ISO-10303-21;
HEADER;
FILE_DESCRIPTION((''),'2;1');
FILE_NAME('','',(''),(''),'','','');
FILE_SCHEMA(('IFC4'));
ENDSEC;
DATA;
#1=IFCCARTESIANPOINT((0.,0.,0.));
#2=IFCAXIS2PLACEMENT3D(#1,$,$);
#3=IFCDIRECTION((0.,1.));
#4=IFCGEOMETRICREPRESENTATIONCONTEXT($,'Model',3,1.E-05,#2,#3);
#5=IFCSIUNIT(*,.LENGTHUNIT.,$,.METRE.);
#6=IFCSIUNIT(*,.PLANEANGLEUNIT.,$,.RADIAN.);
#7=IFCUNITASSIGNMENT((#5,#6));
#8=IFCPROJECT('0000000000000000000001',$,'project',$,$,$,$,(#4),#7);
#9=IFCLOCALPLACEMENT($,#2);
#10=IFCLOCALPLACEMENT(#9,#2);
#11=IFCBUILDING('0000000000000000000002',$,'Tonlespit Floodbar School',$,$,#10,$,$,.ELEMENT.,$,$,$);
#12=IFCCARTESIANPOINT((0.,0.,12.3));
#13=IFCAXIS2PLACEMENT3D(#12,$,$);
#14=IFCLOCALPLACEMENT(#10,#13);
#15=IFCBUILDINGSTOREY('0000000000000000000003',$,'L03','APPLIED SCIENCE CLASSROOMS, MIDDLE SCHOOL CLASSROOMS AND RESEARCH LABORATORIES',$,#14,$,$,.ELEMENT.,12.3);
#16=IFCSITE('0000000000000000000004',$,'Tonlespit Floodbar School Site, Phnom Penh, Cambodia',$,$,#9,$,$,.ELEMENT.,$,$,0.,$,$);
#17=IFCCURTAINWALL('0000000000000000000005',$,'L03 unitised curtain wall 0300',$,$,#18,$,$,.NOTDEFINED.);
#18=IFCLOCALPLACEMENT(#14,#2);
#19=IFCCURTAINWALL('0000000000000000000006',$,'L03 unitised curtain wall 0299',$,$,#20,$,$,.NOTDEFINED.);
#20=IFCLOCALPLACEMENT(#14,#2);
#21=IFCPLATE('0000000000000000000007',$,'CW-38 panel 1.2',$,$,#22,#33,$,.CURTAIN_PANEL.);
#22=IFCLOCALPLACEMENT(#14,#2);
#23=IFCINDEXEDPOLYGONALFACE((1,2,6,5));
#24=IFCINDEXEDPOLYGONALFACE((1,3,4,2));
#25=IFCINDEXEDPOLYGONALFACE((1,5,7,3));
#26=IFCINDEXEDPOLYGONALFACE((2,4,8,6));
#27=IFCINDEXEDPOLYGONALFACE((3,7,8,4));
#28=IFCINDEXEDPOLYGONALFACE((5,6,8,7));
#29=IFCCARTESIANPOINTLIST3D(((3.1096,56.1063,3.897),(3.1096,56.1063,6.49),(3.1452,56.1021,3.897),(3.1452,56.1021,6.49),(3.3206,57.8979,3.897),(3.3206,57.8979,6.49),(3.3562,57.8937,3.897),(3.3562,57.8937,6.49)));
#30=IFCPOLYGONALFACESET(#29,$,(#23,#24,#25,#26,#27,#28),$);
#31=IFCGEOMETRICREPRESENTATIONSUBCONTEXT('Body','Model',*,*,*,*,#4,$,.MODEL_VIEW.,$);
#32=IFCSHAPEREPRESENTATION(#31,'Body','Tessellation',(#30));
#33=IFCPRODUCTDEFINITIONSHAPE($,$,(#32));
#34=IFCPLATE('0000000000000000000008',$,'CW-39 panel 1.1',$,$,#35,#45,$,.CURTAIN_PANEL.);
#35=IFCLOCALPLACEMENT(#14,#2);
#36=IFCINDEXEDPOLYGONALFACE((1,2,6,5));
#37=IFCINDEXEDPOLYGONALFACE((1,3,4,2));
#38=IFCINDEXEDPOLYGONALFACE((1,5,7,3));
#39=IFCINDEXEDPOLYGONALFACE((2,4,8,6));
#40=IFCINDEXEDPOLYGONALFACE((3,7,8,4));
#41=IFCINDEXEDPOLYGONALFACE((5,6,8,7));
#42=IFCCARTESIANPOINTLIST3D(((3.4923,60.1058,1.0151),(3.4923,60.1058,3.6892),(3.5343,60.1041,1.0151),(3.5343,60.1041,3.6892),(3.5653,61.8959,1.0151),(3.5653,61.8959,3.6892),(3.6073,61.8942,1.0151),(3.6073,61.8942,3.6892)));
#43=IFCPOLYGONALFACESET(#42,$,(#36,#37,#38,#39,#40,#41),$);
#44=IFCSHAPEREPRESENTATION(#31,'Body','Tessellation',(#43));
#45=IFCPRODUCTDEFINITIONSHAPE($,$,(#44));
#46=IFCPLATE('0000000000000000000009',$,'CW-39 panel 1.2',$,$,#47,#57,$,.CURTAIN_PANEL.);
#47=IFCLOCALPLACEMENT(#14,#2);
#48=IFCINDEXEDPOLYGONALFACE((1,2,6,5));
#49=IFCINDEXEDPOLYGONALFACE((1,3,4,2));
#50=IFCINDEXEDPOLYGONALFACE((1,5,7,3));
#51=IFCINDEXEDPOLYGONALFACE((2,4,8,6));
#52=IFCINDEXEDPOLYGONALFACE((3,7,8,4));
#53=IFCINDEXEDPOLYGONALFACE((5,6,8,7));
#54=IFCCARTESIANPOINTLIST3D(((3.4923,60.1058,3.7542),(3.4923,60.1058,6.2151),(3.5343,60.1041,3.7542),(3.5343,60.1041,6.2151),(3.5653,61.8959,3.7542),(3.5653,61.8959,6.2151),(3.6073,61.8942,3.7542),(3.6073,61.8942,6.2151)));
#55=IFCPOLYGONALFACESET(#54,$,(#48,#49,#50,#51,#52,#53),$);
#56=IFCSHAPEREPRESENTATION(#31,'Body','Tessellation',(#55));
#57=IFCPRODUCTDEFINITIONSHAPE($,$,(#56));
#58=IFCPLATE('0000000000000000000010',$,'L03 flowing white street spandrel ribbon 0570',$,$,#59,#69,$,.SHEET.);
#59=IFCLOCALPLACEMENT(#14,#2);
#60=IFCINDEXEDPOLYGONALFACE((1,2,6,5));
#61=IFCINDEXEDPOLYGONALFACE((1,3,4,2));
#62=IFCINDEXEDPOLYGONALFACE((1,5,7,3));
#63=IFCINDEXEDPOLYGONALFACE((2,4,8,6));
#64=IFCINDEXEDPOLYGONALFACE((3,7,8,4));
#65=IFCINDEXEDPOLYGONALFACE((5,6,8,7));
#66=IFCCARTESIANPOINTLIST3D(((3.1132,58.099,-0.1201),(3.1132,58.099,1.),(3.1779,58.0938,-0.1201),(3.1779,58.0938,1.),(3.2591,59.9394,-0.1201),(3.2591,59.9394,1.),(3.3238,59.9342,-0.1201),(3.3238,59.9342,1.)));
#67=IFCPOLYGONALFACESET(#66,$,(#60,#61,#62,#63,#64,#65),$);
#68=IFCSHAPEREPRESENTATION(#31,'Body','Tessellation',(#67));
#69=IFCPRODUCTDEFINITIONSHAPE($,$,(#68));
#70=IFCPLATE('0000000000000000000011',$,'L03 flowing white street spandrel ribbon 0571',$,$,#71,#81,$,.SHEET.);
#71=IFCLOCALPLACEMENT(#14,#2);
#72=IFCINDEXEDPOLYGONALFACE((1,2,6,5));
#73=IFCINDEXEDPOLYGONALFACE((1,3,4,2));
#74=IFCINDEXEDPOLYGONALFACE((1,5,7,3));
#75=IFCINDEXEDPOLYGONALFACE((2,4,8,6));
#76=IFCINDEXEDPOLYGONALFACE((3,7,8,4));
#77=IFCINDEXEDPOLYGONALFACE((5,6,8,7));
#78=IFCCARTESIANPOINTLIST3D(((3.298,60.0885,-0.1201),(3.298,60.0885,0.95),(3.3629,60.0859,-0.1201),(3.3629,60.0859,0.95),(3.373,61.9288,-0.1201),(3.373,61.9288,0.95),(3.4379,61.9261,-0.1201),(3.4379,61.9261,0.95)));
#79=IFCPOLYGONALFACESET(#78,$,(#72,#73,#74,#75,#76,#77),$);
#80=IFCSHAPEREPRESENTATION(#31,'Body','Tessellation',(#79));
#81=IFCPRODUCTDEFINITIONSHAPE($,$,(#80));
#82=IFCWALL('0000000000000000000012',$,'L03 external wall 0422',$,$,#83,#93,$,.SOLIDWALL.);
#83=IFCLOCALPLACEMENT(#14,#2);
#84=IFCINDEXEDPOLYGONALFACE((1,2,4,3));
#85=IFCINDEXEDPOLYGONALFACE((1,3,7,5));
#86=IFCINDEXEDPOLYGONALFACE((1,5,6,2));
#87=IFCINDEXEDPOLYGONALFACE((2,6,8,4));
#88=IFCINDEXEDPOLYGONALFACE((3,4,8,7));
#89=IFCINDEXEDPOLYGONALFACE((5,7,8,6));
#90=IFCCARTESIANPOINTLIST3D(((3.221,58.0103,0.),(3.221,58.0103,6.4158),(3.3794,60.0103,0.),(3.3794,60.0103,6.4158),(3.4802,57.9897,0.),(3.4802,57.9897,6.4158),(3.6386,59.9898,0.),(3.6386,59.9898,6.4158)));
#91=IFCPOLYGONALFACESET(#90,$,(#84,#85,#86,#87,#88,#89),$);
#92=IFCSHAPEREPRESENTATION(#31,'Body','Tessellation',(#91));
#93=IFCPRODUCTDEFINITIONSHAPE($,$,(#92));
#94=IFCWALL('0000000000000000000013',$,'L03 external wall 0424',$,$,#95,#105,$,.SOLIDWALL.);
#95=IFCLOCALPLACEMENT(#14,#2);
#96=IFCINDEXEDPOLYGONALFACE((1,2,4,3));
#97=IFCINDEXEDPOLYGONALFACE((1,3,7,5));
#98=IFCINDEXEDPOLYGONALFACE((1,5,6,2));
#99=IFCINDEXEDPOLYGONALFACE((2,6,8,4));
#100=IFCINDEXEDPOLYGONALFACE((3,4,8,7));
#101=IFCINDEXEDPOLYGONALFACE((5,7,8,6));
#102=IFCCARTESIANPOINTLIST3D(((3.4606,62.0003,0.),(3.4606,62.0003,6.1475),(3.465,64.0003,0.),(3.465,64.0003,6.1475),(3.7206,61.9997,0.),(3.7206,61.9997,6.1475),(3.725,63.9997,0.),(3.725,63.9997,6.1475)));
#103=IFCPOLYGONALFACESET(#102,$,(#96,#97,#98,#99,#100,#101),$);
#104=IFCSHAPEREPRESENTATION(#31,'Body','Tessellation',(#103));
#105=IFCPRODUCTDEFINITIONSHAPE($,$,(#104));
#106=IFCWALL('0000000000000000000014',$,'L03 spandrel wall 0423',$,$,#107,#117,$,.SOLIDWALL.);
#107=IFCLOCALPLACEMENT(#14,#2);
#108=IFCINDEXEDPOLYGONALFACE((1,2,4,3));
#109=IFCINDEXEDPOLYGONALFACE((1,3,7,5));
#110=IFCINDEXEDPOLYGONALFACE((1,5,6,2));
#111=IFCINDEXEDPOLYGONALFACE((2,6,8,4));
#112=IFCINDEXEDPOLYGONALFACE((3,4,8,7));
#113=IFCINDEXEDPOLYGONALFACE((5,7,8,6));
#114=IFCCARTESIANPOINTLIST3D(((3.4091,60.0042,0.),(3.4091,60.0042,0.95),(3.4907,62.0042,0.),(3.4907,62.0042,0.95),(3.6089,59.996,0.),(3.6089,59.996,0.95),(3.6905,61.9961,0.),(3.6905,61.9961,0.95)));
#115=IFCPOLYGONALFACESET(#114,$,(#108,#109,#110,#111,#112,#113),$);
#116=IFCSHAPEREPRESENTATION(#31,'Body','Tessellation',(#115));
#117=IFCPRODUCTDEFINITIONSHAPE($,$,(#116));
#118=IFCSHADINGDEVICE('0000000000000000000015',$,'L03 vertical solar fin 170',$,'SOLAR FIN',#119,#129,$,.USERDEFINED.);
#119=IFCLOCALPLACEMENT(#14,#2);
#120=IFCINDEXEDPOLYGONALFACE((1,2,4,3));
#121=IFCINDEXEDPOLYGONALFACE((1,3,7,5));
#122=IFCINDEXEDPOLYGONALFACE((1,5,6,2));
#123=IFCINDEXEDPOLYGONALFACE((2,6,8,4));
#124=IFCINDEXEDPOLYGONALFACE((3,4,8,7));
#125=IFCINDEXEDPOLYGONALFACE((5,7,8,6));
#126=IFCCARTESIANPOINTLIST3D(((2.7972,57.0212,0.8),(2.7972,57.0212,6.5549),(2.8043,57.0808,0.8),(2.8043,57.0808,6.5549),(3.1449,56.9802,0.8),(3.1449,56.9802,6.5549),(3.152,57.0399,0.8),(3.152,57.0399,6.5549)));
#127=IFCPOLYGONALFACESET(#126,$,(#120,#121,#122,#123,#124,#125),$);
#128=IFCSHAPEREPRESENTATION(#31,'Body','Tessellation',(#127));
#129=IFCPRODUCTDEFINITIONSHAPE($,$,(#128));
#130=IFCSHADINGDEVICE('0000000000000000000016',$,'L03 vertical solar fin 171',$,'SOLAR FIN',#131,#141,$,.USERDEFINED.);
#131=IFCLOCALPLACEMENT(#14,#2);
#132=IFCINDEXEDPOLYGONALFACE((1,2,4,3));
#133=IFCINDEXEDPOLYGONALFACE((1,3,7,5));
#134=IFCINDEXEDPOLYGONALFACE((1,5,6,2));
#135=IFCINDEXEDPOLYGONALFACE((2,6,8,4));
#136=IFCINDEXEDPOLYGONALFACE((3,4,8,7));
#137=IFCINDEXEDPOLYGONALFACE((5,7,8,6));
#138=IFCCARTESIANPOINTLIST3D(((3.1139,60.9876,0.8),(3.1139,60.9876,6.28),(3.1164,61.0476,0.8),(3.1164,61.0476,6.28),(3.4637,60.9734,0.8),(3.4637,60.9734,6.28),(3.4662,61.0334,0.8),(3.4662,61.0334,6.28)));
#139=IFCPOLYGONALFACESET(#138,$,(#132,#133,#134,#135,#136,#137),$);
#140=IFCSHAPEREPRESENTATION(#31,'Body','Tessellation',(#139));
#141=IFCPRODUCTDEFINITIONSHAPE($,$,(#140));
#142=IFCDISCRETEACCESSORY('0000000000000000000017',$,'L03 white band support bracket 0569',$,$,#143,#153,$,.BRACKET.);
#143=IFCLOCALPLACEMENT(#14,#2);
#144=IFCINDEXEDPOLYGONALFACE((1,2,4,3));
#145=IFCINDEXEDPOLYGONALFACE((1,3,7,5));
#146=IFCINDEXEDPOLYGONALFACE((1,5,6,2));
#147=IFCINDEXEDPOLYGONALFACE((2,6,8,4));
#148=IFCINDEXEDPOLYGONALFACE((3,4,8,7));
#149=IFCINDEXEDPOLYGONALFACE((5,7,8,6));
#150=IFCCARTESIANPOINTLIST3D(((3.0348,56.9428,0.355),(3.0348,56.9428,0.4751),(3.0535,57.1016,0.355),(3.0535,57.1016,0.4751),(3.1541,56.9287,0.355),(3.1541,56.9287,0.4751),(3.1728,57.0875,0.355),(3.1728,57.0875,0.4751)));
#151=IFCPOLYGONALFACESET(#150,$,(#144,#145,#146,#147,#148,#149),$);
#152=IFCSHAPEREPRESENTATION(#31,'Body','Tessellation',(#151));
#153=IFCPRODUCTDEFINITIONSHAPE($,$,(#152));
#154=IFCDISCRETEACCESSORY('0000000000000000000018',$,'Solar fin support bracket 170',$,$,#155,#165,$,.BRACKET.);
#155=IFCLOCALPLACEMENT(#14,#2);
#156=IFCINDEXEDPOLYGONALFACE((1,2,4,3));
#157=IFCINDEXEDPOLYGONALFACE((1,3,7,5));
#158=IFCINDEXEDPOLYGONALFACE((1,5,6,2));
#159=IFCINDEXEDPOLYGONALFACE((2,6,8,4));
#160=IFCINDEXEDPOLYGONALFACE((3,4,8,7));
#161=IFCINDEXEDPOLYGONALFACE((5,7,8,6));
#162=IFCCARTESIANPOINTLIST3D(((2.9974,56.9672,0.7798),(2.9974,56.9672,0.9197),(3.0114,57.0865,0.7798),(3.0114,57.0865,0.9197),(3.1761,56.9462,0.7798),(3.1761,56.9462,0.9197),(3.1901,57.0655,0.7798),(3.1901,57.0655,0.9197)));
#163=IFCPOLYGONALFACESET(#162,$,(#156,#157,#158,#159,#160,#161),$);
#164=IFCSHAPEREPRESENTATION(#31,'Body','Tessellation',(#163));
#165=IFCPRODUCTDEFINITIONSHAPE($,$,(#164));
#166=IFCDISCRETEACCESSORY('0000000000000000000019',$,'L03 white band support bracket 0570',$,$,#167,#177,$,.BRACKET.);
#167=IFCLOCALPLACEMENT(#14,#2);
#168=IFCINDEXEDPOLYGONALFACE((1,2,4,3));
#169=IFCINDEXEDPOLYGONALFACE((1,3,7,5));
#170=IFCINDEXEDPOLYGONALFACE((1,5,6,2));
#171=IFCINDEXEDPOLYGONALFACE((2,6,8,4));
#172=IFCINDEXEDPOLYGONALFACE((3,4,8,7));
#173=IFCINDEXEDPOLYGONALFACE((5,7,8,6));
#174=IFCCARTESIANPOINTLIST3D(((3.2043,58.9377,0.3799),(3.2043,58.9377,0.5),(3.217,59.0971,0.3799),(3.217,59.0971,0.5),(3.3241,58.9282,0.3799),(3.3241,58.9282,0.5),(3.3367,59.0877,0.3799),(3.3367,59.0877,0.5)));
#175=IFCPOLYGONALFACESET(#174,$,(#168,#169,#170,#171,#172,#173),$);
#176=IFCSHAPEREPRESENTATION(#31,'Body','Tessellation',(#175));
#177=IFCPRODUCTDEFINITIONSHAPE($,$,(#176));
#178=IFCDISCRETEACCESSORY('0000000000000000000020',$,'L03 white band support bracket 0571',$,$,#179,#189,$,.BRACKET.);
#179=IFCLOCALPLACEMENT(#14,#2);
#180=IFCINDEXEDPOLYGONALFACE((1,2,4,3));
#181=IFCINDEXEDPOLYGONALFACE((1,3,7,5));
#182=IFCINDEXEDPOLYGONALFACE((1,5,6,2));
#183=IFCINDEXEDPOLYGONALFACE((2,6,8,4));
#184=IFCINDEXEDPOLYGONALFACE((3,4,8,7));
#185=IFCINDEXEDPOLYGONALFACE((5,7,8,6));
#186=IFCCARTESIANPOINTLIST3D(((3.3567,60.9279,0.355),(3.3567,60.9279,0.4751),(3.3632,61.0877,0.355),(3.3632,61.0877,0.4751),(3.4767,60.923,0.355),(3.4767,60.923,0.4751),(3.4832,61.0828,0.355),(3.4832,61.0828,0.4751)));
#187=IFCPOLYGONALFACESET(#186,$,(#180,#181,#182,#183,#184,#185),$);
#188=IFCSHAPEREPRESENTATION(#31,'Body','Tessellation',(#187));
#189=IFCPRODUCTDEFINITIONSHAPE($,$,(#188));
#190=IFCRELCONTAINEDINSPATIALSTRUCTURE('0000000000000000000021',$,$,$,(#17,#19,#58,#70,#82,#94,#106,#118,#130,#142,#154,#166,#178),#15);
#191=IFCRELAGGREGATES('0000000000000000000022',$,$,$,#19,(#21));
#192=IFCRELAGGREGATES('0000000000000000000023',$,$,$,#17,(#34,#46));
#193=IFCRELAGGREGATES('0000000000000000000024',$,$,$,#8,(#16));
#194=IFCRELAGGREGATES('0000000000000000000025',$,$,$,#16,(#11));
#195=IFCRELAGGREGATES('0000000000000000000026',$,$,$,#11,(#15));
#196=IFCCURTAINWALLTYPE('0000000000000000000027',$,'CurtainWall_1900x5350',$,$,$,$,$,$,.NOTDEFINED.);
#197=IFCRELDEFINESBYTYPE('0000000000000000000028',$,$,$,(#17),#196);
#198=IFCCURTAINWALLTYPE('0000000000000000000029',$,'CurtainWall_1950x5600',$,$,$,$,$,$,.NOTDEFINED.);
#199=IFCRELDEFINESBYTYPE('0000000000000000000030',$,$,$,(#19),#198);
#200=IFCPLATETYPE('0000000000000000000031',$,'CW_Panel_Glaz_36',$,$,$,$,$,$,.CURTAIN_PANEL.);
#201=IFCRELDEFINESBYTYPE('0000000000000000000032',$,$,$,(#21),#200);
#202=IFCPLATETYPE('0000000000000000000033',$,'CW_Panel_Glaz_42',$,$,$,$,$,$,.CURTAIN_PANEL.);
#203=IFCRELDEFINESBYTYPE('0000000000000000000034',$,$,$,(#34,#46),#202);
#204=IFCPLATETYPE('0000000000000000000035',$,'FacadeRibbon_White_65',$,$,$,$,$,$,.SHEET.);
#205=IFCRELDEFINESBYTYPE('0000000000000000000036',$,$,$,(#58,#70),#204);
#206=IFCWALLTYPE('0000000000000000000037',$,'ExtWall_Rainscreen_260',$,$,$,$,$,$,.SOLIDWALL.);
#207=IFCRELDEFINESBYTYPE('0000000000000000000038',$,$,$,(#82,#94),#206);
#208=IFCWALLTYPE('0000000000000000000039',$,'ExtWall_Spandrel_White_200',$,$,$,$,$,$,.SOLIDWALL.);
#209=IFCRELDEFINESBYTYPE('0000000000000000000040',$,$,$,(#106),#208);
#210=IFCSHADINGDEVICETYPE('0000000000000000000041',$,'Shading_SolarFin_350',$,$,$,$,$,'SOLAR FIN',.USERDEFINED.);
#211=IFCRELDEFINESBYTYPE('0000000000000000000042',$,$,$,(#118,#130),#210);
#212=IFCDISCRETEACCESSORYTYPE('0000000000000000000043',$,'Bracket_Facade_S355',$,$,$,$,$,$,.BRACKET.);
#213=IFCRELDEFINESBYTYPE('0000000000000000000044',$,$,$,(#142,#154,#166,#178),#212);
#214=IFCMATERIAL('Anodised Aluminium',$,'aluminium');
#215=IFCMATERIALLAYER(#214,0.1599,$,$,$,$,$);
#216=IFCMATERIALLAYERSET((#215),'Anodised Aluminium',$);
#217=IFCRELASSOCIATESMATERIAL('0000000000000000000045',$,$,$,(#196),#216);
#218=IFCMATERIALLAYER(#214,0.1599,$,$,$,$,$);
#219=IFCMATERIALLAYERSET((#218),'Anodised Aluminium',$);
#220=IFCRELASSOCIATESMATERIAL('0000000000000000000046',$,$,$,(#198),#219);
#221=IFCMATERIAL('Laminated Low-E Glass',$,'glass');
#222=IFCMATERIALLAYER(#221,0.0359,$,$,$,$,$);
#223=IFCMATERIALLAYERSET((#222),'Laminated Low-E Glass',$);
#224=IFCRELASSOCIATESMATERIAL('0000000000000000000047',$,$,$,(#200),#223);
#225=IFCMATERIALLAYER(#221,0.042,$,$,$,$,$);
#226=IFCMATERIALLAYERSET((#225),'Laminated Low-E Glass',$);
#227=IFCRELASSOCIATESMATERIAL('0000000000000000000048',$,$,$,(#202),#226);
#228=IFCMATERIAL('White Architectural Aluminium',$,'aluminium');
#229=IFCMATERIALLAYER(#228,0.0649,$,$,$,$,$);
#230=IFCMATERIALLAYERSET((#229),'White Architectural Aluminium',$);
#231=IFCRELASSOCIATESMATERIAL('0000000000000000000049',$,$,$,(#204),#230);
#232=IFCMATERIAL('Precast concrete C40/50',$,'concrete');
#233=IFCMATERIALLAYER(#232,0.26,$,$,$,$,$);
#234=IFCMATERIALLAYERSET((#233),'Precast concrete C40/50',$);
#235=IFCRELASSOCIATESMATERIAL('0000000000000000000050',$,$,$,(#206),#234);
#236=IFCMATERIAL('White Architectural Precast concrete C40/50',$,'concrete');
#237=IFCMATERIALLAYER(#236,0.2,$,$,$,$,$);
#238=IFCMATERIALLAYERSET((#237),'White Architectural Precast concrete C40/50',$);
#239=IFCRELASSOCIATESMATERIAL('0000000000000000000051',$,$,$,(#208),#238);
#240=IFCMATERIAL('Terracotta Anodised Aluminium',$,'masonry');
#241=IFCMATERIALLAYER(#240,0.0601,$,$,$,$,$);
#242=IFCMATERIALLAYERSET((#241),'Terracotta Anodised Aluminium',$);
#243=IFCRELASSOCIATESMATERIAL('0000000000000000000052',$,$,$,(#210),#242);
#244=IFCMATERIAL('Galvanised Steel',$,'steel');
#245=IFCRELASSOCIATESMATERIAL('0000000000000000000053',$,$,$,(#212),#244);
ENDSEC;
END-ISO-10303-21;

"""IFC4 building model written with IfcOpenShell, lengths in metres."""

from ifc_helpers import new_model, si_unit, direction, frame, frame_2d, origin, origin_2d, place, context, subcontext, project, spatial, rectangle, extrude, material, layer, layer_set, type_object, element, aggregate, save


model = new_model("IFC4")

# Units and contexts
model_context = context("Model", 3, precision=1e-05, world=origin(), true_north=direction((0.0, 1.0)))
body_context = subcontext(model_context, "Body", "Model", "MODEL_VIEW")
ifc_project = project(units=[si_unit("LENGTHUNIT", "METRE"), si_unit("PLANEANGLEUNIT", "RADIAN")], contexts=[model_context])

# Site, building, storey
site_placement = place(None, origin())
site = spatial("IfcSite", under=ifc_project, at=site_placement, Name="Tonlespit Floodbar School Site, Phnom Penh, Cambodia", CompositionType="ELEMENT", RefElevation=0.0)
building_placement = place(site_placement, origin())
building = spatial("IfcBuilding", under=site, at=building_placement, Name="Tonlespit Floodbar School", CompositionType="ELEMENT")
storey_placement = place(building_placement, frame((0.0, 0.0, 12.3)))
storey = spatial("IfcBuildingStorey", under=building, at=storey_placement, Name="L03", Description="APPLIED SCIENCE CLASSROOMS, MIDDLE SCHOOL CLASSROOMS AND RESEARCH LABORATORIES", CompositionType="ELEMENT", Elevation=12.3)

# Curtain walls
ifc_material_1 = material(Name="Anodised Aluminium", Category="aluminium")
ifc_layer_1 = layer(ifc_material_1, 0.1599)
ifc_layer_set_1 = layer_set([ifc_layer_1], Name="Anodised Aluminium")
curtain_wall_type_1 = type_object("IfcCurtainWallType", Name="CurtainWall_1900x5350", PredefinedType="NOTDEFINED", material=ifc_layer_set_1)
curtain_wall_1_placement = place(storey_placement, origin())
curtain_wall_1 = element("IfcCurtainWall", 1, at=curtain_wall_1_placement, inside=storey, type_object=curtain_wall_type_1, Name="L03 unitised curtain wall 0300", PredefinedType="NOTDEFINED")
ifc_layer_2 = layer(ifc_material_1, 0.1599)
ifc_layer_set_2 = layer_set([ifc_layer_2], Name="Anodised Aluminium")
curtain_wall_type_2 = type_object("IfcCurtainWallType", Name="CurtainWall_1950x5600", PredefinedType="NOTDEFINED", material=ifc_layer_set_2)
curtain_wall_2_placement = place(storey_placement, origin())
curtain_wall_2 = element("IfcCurtainWall", 2, at=curtain_wall_2_placement, inside=storey, type_object=curtain_wall_type_2, Name="L03 unitised curtain wall 0299", PredefinedType="NOTDEFINED")

# Plates
ifc_material_2 = material(Name="Laminated Low-E Glass", Category="glass")
ifc_layer_3 = layer(ifc_material_2, 0.0359)
ifc_layer_set_3 = layer_set([ifc_layer_3], Name="Laminated Low-E Glass")
plate_type_1 = type_object("IfcPlateType", Name="CW_Panel_Glaz_36", PredefinedType="CURTAIN_PANEL", material=ifc_layer_set_3)
plate_1_placement = place(storey_placement, frame((3.2329, 57.0, 3.897), z_axis=(0.0, 0.0, 1.0), x_axis=(0.116967, 0.993136, 0.0)))
plate_1 = element("IfcPlate", 3, at=plate_1_placement, type_object=plate_type_1, Name="CW-38 panel 1.2", PredefinedType="CURTAIN_PANEL", context=body_context, shape_type="SweptSolid", body=[
    extrude(rectangle(XDim=1.804, YDim=0.0359, at=origin_2d()), origin(), (0.0, 0.0, 1.0), 2.593),
])
aggregate(curtain_wall_2, [plate_1])
ifc_layer_4 = layer(ifc_material_2, 0.042)
ifc_layer_set_4 = layer_set([ifc_layer_4], Name="Laminated Low-E Glass")
plate_type_2 = type_object("IfcPlateType", Name="CW_Panel_Glaz_42", PredefinedType="CURTAIN_PANEL", material=ifc_layer_set_4)
plate_2_placement = place(storey_placement, frame((3.5498, 61.0, 1.0151), z_axis=(0.0, 0.0, 1.0), x_axis=(0.040747, 0.999169, 0.0)))
plate_2 = element("IfcPlate", 4, at=plate_2_placement, type_object=plate_type_2, Name="CW-39 panel 1.1", PredefinedType="CURTAIN_PANEL", context=body_context, shape_type="SweptSolid", body=[
    extrude(rectangle(XDim=1.7915, YDim=0.042, at=origin_2d()), origin(), (0.0, 0.0, 1.0), 2.6741),
])
plate_3_placement = place(storey_placement, frame((3.5498, 61.0, 3.7542), z_axis=(0.0, 0.0, 1.0), x_axis=(0.040747, 0.999169, 0.0)))
plate_3 = element("IfcPlate", 5, at=plate_3_placement, type_object=plate_type_2, Name="CW-39 panel 1.2", PredefinedType="CURTAIN_PANEL", context=body_context, shape_type="SweptSolid", body=[
    extrude(rectangle(XDim=1.7915, YDim=0.042, at=origin_2d()), origin(), (0.0, 0.0, 1.0), 2.4609),
])
aggregate(curtain_wall_1, [plate_2, plate_3])

# Plates
ifc_material_3 = material(Name="White Architectural Aluminium", Category="aluminium")
ifc_layer_5 = layer(ifc_material_3, 0.0649)
ifc_layer_set_5 = layer_set([ifc_layer_5], Name="White Architectural Aluminium")
plate_type_3 = type_object("IfcPlateType", Name="FacadeRibbon_White_65", PredefinedType="SHEET", material=ifc_layer_set_5)
plate_4_placement = place(storey_placement, frame((3.2185, 59.0166, -0.1201), z_axis=(0.0, 0.0, 1.0), x_axis=(0.079002, 0.996874, 0.0)))
element("IfcPlate", 6, at=plate_4_placement, inside=storey, type_object=plate_type_3, Name="L03 flowing white street spandrel ribbon 0570", PredefinedType="SHEET", context=body_context, shape_type="SweptSolid", body=[
    extrude(rectangle(XDim=1.8462, YDim=0.0649, at=origin_2d()), origin(), (0.0, 0.0, 1.0), 1.1201),
])
plate_5_placement = place(storey_placement, frame((3.3679, 61.0073, -0.1201), z_axis=(0.0, 0.0, 1.0), x_axis=(0.040716, 0.999171, 0.0)))
element("IfcPlate", 7, at=plate_5_placement, inside=storey, type_object=plate_type_3, Name="L03 flowing white street spandrel ribbon 0571", PredefinedType="SHEET", context=body_context, shape_type="SweptSolid", body=[
    extrude(rectangle(XDim=1.8418, YDim=0.0649, at=origin_2d()), origin(), (0.0, 0.0, 1.0), 1.0701),
])

# Walls
ifc_material_4 = material(Name="Precast concrete C40/50", Category="concrete")
ifc_layer_6 = layer(ifc_material_4, 0.26)
ifc_layer_set_6 = layer_set([ifc_layer_6], Name="Precast concrete C40/50")
wall_type_1 = type_object("IfcWallType", Name="ExtWall_Rainscreen_260", PredefinedType="SOLIDWALL", material=ifc_layer_set_6)
wall_1_placement = place(storey_placement, frame((3.3506, 58.0, 0.0), z_axis=(0.0, 0.0, 1.0), x_axis=(0.078976, 0.996877, 0.0)))
element("IfcWall", 8, at=wall_1_placement, inside=storey, type_object=wall_type_1, Name="L03 external wall 0422", PredefinedType="SOLIDWALL", context=body_context, shape_type="SweptSolid", body=[
    extrude(rectangle(XDim=2.0063, YDim=0.26, at=frame_2d((1.0032, 0.0))), origin(), (0.0, 0.0, 1.0), 6.4158),
])
wall_2_placement = place(storey_placement, frame((3.5906, 62.0, 0.0), z_axis=(0.0, 0.0, 1.0), x_axis=(0.002197, 0.999998, 0.0)))
element("IfcWall", 9, at=wall_2_placement, inside=storey, type_object=wall_type_1, Name="L03 external wall 0424", PredefinedType="SOLIDWALL", context=body_context, shape_type="SweptSolid", body=[
    extrude(rectangle(XDim=2.0, YDim=0.26, at=frame_2d((1.0, 0.0))), origin(), (0.0, 0.0, 1.0), 6.1475),
])
ifc_material_5 = material(Name="White Architectural Precast concrete C40/50", Category="concrete")
ifc_layer_7 = layer(ifc_material_5, 0.2)
ifc_layer_set_7 = layer_set([ifc_layer_7], Name="White Architectural Precast concrete C40/50")
wall_type_2 = type_object("IfcWallType", Name="ExtWall_Spandrel_White_200", PredefinedType="SOLIDWALL", material=ifc_layer_set_7)
wall_3_placement = place(storey_placement, frame((3.509, 60.0, 0.0), z_axis=(0.0, 0.0, 1.0), x_axis=(0.040738, 0.99917, 0.0)))
element("IfcWall", 10, at=wall_3_placement, inside=storey, type_object=wall_type_2, Name="L03 spandrel wall 0423", PredefinedType="SOLIDWALL", context=body_context, shape_type="SweptSolid", body=[
    extrude(rectangle(XDim=2.0017, YDim=0.2, at=frame_2d((1.001, 0.0))), origin(), (0.0, 0.0, 1.0), 0.95),
])

# Shading devices
ifc_material_6 = material(Name="Terracotta Anodised Aluminium", Category="masonry")
ifc_layer_8 = layer(ifc_material_6, 0.0601)
ifc_layer_set_8 = layer_set([ifc_layer_8], Name="Terracotta Anodised Aluminium")
shading_device_type = type_object("IfcShadingDeviceType", Name="Shading_SolarFin_350", ElementType="SOLAR FIN", PredefinedType="USERDEFINED", material=ifc_layer_set_8)
shading_device_1_placement = place(storey_placement, frame((2.9746, 57.0305, 0.8), z_axis=(0.0, 0.0, 1.0), x_axis=(0.116991, 0.993133, 0.0)))
element("IfcShadingDevice", 11, at=shading_device_1_placement, inside=storey, type_object=shading_device_type, Name="L03 vertical solar fin 170", ObjectType="SOLAR FIN", PredefinedType="USERDEFINED", context=body_context, shape_type="SweptSolid", body=[
    extrude(rectangle(XDim=0.0601, YDim=0.3501, at=origin_2d()), origin(), (0.0, 0.0, 1.0), 5.7549),
])
shading_device_2_placement = place(storey_placement, frame((3.29, 61.0105, 0.8), z_axis=(0.0, 0.0, 1.0), x_axis=(0.040716, 0.999171, 0.0)))
element("IfcShadingDevice", 12, at=shading_device_2_placement, inside=storey, type_object=shading_device_type, Name="L03 vertical solar fin 171", ObjectType="SOLAR FIN", PredefinedType="USERDEFINED", context=body_context, shape_type="SweptSolid", body=[
    extrude(rectangle(XDim=0.0601, YDim=0.3501, at=origin_2d()), origin(), (0.0, 0.0, 1.0), 5.48),
])

# Discrete accessories
ifc_material_7 = material(Name="Galvanised Steel", Category="steel")
discrete_accessory_type = type_object("IfcDiscreteAccessoryType", Name="Bracket_Facade_S355", PredefinedType="BRACKET", material=ifc_material_7)
discrete_accessory_1_placement = place(storey_placement, frame((3.1038, 57.0151, 0.355), z_axis=(0.0, 0.0, 1.0), x_axis=(0.116991, 0.993133, 0.0)))
element("IfcDiscreteAccessory", 13, at=discrete_accessory_1_placement, inside=storey, type_object=discrete_accessory_type, Name="L03 white band support bracket 0569", PredefinedType="BRACKET", context=body_context, shape_type="SweptSolid", body=[
    extrude(rectangle(XDim=0.1599, YDim=0.1201, at=origin_2d()), origin(), (0.0, 0.0, 1.0), 0.1201),
])
discrete_accessory_2_placement = place(storey_placement, frame((3.0938, 57.0164, 0.7798), z_axis=(0.0, 0.0, 1.0), x_axis=(0.116991, 0.993133, 0.0)))
element("IfcDiscreteAccessory", 14, at=discrete_accessory_2_placement, inside=storey, type_object=discrete_accessory_type, Name="Solar fin support bracket 170", PredefinedType="BRACKET", context=body_context, shape_type="SweptSolid", body=[
    extrude(rectangle(XDim=0.1201, YDim=0.1799, at=origin_2d()), origin(), (0.0, 0.0, 1.0), 0.1399),
])
for number, where, z_axis, x_axis, name in (
    (15, (3.2705, 59.0127, 0.3799), (0.0, 0.0, 1.0), (0.079002, 0.996874, 0.0), "L03 white band support bracket 0570"),
    (16, (3.4199, 61.0054, 0.355), (0.0, 0.0, 1.0), (0.040716, 0.999171, 0.0), "L03 white band support bracket 0571"),
):
    element("IfcDiscreteAccessory", number, at=place(storey_placement, frame(where, z_axis=z_axis, x_axis=x_axis)), inside=storey, type_object=discrete_accessory_type, Name=name, PredefinedType="BRACKET", context=body_context, shape_type="SweptSolid", body=[
        extrude(rectangle(XDim=0.1599, YDim=0.1201, at=origin_2d()), origin(), (0.0, 0.0, 1.0), 0.1201),
    ])

save(model, "model.ifc")
